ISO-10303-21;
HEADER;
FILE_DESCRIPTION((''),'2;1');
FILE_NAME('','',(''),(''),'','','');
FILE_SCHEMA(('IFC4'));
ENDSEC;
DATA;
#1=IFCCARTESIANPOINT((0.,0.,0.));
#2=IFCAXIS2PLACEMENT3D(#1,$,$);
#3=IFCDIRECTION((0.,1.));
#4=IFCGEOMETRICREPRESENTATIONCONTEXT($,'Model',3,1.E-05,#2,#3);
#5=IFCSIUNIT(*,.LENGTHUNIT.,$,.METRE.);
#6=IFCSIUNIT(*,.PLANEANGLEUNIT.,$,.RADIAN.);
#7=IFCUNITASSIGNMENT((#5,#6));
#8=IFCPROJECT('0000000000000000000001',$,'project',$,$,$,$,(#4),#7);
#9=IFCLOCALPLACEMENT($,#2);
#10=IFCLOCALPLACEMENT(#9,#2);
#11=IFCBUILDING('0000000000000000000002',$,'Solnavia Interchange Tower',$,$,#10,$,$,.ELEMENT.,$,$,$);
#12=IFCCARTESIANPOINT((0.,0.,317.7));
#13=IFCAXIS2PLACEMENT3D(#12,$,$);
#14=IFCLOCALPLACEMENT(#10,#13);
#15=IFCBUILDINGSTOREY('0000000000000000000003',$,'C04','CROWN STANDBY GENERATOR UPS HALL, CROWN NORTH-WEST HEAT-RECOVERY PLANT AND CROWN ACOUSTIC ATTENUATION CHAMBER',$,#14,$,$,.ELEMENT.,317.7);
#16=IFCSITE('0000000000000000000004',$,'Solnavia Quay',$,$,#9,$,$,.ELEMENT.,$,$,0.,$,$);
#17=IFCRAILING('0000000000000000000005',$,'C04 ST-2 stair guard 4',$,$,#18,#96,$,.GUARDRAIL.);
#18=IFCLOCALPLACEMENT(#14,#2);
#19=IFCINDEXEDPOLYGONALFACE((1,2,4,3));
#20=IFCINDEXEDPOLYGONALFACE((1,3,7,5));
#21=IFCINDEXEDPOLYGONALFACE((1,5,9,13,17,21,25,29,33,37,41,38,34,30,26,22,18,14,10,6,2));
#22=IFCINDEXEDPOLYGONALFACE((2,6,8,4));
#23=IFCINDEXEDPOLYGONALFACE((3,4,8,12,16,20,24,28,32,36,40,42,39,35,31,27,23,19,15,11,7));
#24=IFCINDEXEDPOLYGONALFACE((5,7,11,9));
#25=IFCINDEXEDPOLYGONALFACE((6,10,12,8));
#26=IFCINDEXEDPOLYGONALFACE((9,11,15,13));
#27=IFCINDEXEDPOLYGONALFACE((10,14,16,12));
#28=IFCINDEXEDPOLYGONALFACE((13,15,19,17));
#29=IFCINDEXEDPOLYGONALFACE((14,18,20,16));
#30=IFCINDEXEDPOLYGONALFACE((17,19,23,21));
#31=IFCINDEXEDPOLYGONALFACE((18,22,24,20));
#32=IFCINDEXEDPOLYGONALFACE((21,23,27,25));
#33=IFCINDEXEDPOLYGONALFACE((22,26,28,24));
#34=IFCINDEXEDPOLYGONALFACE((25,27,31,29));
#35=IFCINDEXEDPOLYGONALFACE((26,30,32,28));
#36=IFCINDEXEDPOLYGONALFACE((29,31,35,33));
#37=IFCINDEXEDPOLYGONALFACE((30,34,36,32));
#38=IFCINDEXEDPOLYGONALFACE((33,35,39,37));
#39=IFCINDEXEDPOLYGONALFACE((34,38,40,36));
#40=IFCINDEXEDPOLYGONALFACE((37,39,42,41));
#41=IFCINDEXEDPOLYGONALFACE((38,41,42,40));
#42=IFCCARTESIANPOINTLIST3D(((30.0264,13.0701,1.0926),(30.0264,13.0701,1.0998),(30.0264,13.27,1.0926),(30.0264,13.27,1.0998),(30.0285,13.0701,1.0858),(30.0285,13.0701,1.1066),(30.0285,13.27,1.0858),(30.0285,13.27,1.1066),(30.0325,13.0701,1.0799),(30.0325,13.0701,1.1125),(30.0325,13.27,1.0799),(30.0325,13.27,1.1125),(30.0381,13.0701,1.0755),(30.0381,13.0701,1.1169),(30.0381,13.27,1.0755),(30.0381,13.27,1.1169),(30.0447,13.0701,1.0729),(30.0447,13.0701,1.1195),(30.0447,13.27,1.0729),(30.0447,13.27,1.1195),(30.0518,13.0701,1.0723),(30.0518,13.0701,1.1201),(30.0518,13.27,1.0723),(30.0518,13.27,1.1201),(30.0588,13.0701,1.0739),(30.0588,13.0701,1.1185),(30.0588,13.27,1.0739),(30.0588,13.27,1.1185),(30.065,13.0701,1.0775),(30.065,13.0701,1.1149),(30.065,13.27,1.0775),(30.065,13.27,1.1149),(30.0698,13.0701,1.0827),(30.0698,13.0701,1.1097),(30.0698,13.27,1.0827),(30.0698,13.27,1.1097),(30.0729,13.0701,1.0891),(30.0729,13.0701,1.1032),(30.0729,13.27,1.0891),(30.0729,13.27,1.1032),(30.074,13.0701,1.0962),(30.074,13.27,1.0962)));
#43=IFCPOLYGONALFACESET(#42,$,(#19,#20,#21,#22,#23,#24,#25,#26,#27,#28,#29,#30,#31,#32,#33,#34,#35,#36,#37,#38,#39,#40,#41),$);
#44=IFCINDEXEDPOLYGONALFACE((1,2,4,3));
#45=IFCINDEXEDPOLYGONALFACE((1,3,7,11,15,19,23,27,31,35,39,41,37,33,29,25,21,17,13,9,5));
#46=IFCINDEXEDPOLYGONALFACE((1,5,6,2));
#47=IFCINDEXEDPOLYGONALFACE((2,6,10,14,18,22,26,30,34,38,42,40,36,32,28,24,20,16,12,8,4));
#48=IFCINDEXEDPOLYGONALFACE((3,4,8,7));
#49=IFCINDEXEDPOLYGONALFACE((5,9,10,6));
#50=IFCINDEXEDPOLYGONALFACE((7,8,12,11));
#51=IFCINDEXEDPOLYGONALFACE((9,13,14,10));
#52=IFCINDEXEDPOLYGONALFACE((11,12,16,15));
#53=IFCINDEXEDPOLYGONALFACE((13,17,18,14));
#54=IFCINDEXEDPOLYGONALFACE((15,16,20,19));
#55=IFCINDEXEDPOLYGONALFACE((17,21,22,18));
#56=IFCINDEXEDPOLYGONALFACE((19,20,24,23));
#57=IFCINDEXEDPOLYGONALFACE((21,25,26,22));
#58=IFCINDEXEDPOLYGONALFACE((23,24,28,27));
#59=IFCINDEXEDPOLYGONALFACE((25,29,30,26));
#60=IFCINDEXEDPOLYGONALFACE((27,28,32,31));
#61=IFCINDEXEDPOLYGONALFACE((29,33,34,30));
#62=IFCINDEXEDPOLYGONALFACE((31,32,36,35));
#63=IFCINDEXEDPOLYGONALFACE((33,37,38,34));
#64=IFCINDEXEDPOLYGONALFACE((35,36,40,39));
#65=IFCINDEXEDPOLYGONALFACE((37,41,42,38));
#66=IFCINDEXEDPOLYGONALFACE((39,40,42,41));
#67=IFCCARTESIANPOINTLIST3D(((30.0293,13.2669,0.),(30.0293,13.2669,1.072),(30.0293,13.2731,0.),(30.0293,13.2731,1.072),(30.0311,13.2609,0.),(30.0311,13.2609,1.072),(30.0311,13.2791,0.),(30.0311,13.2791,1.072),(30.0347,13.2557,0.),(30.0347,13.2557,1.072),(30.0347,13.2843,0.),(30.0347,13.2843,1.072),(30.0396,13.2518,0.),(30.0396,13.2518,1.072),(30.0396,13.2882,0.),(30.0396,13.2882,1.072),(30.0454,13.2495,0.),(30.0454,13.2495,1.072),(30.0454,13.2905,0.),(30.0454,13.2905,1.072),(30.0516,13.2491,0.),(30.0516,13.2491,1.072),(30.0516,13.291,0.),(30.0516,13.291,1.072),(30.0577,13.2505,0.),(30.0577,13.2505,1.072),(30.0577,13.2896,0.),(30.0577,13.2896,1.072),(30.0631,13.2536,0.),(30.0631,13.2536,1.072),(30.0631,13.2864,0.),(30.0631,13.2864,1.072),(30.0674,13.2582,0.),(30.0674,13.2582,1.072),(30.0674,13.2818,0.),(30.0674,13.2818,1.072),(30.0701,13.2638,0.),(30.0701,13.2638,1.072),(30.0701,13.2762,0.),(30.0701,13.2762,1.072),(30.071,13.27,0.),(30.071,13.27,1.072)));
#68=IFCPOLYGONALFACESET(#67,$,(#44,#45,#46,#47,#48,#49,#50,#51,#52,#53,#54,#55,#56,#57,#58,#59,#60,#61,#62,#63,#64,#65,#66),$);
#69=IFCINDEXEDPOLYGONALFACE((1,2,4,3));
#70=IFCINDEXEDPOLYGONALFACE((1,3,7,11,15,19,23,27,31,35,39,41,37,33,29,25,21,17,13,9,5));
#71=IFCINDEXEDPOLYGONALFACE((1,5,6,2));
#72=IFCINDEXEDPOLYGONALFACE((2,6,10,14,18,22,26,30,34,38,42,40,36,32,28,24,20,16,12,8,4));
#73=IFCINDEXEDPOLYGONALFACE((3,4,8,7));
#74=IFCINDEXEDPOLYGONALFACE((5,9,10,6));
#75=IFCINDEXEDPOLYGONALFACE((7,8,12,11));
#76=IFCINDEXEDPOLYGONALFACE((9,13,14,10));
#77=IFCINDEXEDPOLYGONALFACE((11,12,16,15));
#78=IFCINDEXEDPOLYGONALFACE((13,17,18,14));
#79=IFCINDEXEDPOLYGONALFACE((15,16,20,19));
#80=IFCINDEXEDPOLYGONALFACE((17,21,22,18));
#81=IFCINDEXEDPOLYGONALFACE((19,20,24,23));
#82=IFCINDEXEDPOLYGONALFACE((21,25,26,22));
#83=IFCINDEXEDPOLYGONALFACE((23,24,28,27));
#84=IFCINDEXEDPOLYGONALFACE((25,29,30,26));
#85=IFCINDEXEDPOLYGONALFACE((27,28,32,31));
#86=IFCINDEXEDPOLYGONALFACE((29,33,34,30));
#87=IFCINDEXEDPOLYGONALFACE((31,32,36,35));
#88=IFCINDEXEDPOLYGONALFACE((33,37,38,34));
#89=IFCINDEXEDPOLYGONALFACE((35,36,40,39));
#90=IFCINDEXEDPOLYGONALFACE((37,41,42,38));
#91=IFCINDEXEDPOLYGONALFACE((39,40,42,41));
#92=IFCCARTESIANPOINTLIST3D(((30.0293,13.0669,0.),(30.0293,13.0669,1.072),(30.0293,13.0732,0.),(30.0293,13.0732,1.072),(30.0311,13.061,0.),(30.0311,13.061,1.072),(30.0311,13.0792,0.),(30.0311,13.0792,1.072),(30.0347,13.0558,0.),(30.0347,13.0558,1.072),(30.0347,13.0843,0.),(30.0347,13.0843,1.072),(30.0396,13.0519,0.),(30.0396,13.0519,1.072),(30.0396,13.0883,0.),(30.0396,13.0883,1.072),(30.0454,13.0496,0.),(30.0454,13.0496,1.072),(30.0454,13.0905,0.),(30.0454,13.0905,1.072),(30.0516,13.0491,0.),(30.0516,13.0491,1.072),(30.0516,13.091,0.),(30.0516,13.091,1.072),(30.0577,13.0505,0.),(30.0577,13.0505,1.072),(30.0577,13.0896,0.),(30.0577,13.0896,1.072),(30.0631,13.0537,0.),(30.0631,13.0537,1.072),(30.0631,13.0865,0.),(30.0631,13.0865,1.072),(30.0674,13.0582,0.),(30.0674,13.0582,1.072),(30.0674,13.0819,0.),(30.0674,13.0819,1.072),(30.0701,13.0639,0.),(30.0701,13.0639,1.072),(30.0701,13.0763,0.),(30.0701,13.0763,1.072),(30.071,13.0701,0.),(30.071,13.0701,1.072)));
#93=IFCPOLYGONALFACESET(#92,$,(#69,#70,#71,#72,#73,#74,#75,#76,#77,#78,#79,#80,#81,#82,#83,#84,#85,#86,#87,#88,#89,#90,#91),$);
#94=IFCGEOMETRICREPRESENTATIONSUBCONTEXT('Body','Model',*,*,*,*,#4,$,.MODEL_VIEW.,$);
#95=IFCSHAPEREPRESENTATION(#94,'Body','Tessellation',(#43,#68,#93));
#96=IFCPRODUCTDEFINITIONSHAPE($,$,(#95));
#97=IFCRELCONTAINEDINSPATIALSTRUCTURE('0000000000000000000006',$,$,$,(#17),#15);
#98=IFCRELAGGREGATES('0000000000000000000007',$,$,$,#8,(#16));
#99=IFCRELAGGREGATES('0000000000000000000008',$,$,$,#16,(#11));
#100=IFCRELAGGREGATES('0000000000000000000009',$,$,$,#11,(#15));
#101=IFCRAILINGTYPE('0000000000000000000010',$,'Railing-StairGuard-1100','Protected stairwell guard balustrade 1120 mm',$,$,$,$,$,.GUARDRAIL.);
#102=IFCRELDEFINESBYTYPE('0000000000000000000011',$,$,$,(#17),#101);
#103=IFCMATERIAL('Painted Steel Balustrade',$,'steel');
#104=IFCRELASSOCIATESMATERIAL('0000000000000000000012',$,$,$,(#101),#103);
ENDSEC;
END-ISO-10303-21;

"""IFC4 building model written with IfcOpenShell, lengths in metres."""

from ifc_helpers import new_model, si_unit, direction, frame, origin, origin_2d, place, context, subcontext, project, spatial, circle, extrude, material, type_object, element, save


model = new_model("IFC4")

# Units and contexts
model_context = context("Model", 3, precision=1e-05, world=origin(), true_north=direction((0.0, 1.0)))
body_context = subcontext(model_context, "Body", "Model", "MODEL_VIEW")
ifc_project = project(units=[si_unit("LENGTHUNIT", "METRE"), si_unit("PLANEANGLEUNIT", "RADIAN")], contexts=[model_context])

# Site, building, storey
site_placement = place(None, origin())
site = spatial("IfcSite", under=ifc_project, at=site_placement, Name="Solnavia Quay", CompositionType="ELEMENT", RefElevation=0.0)
building_placement = place(site_placement, origin())
building = spatial("IfcBuilding", under=site, at=building_placement, Name="Solnavia Interchange Tower", CompositionType="ELEMENT")
storey_placement = place(building_placement, frame((0.0, 0.0, 317.7)))
storey = spatial("IfcBuildingStorey", under=building, at=storey_placement, Name="C04", Description="CROWN STANDBY GENERATOR UPS HALL, CROWN NORTH-WEST HEAT-RECOVERY PLANT AND CROWN ACOUSTIC ATTENUATION CHAMBER", CompositionType="ELEMENT", Elevation=317.7)

# Railing
ifc_material_1 = material(Name="Painted Steel Balustrade", Category="steel")
railing_type_1 = type_object("IfcRailingType", Name="Railing-StairGuard-1100", Description="Protected stairwell guard balustrade 1120 mm", PredefinedType="GUARDRAIL", material=ifc_material_1)
railing_1_placement = place(storey_placement, frame((30.05, 13.27, 0.0)))
element("IfcRailing", 1, at=railing_1_placement, inside=storey, type_object=railing_type_1, Name="C04 ST-2 stair guard 4", PredefinedType="GUARDRAIL", context=body_context, shape_type="SweptSolid", body=[
    extrude(circle(Radius=0.0239, at=origin_2d()), frame((0.0, 0.0, 1.0962), z_axis=(0.0, -1.0, 0.0), x_axis=(1.0, 0.0, 0.0)), (0.0, 0.0, 1.0), 0.2),
    extrude(circle(Radius=0.021, at=origin_2d()), origin(), (0.0, 0.0, 1.0), 1.072),
    extrude(circle(Radius=0.021, at=origin_2d()), frame((0.0, -0.2, 0.0)), (0.0, 0.0, 1.0), 1.072),
])

save(model, "model.ifc")
